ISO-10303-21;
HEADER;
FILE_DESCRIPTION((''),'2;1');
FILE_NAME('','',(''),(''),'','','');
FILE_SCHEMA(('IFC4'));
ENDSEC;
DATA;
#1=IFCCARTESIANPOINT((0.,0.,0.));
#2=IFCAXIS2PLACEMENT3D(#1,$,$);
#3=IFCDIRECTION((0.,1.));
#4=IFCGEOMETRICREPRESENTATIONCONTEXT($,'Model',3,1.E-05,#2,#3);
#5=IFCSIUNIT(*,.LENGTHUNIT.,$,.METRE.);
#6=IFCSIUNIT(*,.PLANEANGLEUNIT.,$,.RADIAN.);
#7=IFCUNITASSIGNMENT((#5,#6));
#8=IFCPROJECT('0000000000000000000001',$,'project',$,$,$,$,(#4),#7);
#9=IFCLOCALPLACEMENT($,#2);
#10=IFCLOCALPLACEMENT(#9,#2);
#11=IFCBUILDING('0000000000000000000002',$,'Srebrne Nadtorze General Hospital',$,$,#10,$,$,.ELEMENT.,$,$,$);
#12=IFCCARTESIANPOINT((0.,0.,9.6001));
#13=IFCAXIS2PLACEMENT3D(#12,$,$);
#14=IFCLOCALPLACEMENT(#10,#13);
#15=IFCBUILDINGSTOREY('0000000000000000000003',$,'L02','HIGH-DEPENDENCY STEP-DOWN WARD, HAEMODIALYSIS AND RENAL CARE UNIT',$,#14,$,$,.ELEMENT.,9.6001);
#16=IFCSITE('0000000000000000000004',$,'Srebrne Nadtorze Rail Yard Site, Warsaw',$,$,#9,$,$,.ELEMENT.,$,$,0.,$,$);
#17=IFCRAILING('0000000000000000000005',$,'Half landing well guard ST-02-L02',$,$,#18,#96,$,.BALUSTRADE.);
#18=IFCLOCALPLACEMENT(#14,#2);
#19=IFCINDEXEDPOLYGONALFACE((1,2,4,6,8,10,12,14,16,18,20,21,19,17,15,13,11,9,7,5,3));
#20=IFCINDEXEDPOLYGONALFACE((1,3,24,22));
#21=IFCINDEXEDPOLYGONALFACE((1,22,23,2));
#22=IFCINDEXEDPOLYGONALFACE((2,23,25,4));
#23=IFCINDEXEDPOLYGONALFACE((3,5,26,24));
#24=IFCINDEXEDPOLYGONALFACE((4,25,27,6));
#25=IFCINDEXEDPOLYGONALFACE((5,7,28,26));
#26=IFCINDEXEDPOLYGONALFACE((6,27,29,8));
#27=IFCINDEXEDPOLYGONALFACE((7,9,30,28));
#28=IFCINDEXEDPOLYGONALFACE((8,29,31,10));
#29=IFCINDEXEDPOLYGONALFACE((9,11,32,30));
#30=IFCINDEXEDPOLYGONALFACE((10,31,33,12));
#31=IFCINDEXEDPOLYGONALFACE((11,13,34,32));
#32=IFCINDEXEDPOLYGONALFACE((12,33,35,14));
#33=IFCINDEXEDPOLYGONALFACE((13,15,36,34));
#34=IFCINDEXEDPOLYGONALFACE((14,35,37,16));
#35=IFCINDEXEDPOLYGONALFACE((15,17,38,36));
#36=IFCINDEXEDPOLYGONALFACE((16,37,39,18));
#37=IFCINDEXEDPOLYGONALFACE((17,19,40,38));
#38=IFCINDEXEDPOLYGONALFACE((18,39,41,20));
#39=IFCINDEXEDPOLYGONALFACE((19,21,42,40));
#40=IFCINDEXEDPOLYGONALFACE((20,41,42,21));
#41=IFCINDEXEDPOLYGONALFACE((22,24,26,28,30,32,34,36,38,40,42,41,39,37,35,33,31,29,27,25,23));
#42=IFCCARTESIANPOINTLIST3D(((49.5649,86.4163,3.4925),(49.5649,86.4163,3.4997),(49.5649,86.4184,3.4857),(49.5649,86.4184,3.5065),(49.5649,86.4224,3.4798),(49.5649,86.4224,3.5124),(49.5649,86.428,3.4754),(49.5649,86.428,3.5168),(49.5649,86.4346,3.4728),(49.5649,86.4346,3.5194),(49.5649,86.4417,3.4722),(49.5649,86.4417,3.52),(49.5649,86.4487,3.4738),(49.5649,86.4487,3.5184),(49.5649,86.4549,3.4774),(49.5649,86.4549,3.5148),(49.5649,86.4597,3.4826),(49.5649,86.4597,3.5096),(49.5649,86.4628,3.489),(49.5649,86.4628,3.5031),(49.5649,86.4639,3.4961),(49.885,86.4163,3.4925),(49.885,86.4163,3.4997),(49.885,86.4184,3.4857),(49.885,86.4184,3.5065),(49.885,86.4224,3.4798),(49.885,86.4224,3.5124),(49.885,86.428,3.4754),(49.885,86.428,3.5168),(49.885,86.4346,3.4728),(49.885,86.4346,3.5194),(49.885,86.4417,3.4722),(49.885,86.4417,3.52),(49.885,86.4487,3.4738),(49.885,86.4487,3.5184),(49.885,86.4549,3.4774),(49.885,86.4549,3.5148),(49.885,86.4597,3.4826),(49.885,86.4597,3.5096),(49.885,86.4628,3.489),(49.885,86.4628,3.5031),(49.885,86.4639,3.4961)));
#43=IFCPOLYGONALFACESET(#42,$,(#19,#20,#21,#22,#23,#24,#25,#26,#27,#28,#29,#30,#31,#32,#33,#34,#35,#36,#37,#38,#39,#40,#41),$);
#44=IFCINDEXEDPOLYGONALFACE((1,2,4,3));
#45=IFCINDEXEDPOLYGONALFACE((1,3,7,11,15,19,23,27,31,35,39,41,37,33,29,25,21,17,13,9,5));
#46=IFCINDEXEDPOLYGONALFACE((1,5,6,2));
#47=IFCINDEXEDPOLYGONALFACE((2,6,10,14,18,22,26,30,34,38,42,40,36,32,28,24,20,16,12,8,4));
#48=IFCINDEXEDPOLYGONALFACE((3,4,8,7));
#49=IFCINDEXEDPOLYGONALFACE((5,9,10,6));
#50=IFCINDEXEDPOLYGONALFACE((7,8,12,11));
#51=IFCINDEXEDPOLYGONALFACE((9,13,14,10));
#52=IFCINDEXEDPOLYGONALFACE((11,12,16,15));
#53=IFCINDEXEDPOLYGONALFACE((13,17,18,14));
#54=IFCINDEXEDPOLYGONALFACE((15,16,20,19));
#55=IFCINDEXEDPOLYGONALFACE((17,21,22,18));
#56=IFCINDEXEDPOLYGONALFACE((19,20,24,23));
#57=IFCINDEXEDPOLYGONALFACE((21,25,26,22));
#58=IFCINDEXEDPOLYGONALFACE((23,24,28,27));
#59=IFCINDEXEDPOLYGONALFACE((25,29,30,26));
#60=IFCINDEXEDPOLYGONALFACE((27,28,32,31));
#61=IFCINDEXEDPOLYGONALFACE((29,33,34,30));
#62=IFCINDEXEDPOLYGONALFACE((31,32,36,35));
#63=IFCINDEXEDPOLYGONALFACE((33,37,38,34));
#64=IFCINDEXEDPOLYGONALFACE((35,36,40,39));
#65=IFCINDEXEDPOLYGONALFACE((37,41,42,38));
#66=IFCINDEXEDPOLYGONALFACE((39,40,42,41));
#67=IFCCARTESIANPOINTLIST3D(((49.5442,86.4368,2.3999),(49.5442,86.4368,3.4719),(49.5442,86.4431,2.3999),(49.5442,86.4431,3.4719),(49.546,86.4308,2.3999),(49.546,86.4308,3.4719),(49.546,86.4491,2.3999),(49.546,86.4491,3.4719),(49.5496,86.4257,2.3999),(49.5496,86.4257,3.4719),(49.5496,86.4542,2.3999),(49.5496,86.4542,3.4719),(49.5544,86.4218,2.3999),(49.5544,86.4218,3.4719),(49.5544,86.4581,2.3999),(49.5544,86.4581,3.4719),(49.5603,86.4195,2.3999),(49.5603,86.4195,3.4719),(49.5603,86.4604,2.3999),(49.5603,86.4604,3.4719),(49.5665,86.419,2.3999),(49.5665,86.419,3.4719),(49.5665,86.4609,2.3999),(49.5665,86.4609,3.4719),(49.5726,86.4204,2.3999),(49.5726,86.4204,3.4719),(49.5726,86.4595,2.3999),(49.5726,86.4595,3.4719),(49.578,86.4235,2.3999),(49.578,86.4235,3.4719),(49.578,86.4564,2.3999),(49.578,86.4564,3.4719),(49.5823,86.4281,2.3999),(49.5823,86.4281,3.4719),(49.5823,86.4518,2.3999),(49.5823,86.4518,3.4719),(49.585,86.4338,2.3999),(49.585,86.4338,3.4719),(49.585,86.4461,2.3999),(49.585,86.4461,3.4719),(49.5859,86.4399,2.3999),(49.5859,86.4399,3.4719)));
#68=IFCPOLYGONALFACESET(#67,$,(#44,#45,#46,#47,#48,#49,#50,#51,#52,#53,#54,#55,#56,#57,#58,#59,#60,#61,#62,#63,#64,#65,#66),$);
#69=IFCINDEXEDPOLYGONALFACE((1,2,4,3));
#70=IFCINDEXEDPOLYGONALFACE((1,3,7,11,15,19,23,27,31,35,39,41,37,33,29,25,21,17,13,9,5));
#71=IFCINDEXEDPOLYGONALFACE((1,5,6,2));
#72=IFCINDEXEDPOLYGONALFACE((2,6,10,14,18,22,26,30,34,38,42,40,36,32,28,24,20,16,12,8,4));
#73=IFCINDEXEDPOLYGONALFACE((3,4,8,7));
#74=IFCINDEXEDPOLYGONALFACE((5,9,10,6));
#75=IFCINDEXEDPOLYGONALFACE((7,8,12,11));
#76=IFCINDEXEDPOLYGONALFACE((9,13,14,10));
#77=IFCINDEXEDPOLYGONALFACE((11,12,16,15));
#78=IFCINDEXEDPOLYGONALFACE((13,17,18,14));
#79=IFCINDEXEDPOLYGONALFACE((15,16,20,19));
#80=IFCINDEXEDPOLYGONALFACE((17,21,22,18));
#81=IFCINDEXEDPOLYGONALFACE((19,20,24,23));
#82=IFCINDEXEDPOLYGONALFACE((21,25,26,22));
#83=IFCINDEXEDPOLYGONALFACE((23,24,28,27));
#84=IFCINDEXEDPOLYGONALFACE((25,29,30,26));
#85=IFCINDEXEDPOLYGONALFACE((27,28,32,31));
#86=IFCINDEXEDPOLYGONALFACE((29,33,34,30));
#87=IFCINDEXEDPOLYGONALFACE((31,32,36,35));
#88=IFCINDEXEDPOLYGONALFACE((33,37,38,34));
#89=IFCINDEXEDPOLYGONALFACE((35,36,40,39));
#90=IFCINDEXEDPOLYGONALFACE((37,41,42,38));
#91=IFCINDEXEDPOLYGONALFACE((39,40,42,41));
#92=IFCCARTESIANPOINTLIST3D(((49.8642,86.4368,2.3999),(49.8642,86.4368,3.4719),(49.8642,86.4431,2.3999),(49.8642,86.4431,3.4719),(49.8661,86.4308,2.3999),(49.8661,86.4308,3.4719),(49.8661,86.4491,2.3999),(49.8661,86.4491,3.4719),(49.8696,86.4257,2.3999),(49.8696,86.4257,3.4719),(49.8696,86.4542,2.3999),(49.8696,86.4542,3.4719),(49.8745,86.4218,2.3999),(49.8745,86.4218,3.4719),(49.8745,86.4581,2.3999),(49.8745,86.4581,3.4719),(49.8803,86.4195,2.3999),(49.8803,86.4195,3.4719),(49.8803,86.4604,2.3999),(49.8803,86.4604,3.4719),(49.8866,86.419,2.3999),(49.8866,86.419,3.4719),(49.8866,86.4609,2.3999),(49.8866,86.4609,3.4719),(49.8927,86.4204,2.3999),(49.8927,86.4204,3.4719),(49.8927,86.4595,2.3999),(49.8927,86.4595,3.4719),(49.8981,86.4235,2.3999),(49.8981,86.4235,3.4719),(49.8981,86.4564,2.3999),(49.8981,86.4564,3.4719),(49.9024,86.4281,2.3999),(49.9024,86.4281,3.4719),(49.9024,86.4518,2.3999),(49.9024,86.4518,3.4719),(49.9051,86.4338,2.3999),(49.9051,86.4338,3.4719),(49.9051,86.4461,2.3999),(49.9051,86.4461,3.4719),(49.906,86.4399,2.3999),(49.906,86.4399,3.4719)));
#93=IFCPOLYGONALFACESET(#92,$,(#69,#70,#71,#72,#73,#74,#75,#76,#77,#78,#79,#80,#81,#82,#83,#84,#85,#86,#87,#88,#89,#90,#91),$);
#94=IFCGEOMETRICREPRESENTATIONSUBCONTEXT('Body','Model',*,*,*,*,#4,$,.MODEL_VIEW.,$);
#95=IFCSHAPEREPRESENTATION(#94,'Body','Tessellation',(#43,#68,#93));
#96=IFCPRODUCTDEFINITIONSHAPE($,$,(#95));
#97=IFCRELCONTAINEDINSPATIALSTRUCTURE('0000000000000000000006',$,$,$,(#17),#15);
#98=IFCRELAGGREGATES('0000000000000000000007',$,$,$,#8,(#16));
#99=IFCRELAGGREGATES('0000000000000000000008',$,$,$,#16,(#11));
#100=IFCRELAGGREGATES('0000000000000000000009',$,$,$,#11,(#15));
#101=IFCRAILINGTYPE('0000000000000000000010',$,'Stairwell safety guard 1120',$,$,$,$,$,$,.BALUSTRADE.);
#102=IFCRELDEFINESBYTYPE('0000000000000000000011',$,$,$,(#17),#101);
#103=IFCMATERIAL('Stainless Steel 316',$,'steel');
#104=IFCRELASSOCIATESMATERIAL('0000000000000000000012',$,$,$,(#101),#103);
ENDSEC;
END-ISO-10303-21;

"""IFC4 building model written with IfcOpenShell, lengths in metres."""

from ifc_helpers import new_model, si_unit, direction, frame, origin, origin_2d, place, context, subcontext, project, spatial, circle, extrude, material, type_object, element, save


model = new_model("IFC4")

# Units and contexts
model_context = context("Model", 3, precision=1e-05, world=origin(), true_north=direction((0.0, 1.0)))
body_context = subcontext(model_context, "Body", "Model", "MODEL_VIEW")
ifc_project = project(units=[si_unit("LENGTHUNIT", "METRE"), si_unit("PLANEANGLEUNIT", "RADIAN")], contexts=[model_context])

# Site, building, storey
site_placement = place(None, origin())
site = spatial("IfcSite", under=ifc_project, at=site_placement, Name="Srebrne Nadtorze Rail Yard Site, Warsaw", CompositionType="ELEMENT", RefElevation=0.0)
building_placement = place(site_placement, origin())
building = spatial("IfcBuilding", under=site, at=building_placement, Name="Srebrne Nadtorze General Hospital", CompositionType="ELEMENT")
storey_placement = place(building_placement, frame((0.0, 0.0, 9.6001)))
storey = spatial("IfcBuildingStorey", under=building, at=storey_placement, Name="L02", Description="HIGH-DEPENDENCY STEP-DOWN WARD, HAEMODIALYSIS AND RENAL CARE UNIT", CompositionType="ELEMENT", Elevation=9.6001)

# Railing
ifc_material_1 = material(Name="Stainless Steel 316", Category="steel")
railing_type_1 = type_object("IfcRailingType", Name="Stairwell safety guard 1120", PredefinedType="BALUSTRADE", material=ifc_material_1)
railing_1_placement = place(storey_placement, frame((49.5649, 86.4399, 2.3999)))
element("IfcRailing", 1, at=railing_1_placement, inside=storey, type_object=railing_type_1, Name="Half landing well guard ST-02-L02", PredefinedType="BALUSTRADE", context=body_context, shape_type="SweptSolid", body=[
    extrude(circle(Radius=0.0239, at=origin_2d()), frame((0.0, 0.0, 1.0962), z_axis=(1.0, 0.0, 0.0), x_axis=(0.0, 1.0, 0.0)), (0.0, 0.0, 1.0), 0.3201),
    extrude(circle(Radius=0.021, at=origin_2d()), origin(), (0.0, 0.0, 1.0), 1.072),
    extrude(circle(Radius=0.021, at=origin_2d()), frame((0.3201, 0.0, 0.0)), (0.0, 0.0, 1.0), 1.072),
])

save(model, "model.ifc")
